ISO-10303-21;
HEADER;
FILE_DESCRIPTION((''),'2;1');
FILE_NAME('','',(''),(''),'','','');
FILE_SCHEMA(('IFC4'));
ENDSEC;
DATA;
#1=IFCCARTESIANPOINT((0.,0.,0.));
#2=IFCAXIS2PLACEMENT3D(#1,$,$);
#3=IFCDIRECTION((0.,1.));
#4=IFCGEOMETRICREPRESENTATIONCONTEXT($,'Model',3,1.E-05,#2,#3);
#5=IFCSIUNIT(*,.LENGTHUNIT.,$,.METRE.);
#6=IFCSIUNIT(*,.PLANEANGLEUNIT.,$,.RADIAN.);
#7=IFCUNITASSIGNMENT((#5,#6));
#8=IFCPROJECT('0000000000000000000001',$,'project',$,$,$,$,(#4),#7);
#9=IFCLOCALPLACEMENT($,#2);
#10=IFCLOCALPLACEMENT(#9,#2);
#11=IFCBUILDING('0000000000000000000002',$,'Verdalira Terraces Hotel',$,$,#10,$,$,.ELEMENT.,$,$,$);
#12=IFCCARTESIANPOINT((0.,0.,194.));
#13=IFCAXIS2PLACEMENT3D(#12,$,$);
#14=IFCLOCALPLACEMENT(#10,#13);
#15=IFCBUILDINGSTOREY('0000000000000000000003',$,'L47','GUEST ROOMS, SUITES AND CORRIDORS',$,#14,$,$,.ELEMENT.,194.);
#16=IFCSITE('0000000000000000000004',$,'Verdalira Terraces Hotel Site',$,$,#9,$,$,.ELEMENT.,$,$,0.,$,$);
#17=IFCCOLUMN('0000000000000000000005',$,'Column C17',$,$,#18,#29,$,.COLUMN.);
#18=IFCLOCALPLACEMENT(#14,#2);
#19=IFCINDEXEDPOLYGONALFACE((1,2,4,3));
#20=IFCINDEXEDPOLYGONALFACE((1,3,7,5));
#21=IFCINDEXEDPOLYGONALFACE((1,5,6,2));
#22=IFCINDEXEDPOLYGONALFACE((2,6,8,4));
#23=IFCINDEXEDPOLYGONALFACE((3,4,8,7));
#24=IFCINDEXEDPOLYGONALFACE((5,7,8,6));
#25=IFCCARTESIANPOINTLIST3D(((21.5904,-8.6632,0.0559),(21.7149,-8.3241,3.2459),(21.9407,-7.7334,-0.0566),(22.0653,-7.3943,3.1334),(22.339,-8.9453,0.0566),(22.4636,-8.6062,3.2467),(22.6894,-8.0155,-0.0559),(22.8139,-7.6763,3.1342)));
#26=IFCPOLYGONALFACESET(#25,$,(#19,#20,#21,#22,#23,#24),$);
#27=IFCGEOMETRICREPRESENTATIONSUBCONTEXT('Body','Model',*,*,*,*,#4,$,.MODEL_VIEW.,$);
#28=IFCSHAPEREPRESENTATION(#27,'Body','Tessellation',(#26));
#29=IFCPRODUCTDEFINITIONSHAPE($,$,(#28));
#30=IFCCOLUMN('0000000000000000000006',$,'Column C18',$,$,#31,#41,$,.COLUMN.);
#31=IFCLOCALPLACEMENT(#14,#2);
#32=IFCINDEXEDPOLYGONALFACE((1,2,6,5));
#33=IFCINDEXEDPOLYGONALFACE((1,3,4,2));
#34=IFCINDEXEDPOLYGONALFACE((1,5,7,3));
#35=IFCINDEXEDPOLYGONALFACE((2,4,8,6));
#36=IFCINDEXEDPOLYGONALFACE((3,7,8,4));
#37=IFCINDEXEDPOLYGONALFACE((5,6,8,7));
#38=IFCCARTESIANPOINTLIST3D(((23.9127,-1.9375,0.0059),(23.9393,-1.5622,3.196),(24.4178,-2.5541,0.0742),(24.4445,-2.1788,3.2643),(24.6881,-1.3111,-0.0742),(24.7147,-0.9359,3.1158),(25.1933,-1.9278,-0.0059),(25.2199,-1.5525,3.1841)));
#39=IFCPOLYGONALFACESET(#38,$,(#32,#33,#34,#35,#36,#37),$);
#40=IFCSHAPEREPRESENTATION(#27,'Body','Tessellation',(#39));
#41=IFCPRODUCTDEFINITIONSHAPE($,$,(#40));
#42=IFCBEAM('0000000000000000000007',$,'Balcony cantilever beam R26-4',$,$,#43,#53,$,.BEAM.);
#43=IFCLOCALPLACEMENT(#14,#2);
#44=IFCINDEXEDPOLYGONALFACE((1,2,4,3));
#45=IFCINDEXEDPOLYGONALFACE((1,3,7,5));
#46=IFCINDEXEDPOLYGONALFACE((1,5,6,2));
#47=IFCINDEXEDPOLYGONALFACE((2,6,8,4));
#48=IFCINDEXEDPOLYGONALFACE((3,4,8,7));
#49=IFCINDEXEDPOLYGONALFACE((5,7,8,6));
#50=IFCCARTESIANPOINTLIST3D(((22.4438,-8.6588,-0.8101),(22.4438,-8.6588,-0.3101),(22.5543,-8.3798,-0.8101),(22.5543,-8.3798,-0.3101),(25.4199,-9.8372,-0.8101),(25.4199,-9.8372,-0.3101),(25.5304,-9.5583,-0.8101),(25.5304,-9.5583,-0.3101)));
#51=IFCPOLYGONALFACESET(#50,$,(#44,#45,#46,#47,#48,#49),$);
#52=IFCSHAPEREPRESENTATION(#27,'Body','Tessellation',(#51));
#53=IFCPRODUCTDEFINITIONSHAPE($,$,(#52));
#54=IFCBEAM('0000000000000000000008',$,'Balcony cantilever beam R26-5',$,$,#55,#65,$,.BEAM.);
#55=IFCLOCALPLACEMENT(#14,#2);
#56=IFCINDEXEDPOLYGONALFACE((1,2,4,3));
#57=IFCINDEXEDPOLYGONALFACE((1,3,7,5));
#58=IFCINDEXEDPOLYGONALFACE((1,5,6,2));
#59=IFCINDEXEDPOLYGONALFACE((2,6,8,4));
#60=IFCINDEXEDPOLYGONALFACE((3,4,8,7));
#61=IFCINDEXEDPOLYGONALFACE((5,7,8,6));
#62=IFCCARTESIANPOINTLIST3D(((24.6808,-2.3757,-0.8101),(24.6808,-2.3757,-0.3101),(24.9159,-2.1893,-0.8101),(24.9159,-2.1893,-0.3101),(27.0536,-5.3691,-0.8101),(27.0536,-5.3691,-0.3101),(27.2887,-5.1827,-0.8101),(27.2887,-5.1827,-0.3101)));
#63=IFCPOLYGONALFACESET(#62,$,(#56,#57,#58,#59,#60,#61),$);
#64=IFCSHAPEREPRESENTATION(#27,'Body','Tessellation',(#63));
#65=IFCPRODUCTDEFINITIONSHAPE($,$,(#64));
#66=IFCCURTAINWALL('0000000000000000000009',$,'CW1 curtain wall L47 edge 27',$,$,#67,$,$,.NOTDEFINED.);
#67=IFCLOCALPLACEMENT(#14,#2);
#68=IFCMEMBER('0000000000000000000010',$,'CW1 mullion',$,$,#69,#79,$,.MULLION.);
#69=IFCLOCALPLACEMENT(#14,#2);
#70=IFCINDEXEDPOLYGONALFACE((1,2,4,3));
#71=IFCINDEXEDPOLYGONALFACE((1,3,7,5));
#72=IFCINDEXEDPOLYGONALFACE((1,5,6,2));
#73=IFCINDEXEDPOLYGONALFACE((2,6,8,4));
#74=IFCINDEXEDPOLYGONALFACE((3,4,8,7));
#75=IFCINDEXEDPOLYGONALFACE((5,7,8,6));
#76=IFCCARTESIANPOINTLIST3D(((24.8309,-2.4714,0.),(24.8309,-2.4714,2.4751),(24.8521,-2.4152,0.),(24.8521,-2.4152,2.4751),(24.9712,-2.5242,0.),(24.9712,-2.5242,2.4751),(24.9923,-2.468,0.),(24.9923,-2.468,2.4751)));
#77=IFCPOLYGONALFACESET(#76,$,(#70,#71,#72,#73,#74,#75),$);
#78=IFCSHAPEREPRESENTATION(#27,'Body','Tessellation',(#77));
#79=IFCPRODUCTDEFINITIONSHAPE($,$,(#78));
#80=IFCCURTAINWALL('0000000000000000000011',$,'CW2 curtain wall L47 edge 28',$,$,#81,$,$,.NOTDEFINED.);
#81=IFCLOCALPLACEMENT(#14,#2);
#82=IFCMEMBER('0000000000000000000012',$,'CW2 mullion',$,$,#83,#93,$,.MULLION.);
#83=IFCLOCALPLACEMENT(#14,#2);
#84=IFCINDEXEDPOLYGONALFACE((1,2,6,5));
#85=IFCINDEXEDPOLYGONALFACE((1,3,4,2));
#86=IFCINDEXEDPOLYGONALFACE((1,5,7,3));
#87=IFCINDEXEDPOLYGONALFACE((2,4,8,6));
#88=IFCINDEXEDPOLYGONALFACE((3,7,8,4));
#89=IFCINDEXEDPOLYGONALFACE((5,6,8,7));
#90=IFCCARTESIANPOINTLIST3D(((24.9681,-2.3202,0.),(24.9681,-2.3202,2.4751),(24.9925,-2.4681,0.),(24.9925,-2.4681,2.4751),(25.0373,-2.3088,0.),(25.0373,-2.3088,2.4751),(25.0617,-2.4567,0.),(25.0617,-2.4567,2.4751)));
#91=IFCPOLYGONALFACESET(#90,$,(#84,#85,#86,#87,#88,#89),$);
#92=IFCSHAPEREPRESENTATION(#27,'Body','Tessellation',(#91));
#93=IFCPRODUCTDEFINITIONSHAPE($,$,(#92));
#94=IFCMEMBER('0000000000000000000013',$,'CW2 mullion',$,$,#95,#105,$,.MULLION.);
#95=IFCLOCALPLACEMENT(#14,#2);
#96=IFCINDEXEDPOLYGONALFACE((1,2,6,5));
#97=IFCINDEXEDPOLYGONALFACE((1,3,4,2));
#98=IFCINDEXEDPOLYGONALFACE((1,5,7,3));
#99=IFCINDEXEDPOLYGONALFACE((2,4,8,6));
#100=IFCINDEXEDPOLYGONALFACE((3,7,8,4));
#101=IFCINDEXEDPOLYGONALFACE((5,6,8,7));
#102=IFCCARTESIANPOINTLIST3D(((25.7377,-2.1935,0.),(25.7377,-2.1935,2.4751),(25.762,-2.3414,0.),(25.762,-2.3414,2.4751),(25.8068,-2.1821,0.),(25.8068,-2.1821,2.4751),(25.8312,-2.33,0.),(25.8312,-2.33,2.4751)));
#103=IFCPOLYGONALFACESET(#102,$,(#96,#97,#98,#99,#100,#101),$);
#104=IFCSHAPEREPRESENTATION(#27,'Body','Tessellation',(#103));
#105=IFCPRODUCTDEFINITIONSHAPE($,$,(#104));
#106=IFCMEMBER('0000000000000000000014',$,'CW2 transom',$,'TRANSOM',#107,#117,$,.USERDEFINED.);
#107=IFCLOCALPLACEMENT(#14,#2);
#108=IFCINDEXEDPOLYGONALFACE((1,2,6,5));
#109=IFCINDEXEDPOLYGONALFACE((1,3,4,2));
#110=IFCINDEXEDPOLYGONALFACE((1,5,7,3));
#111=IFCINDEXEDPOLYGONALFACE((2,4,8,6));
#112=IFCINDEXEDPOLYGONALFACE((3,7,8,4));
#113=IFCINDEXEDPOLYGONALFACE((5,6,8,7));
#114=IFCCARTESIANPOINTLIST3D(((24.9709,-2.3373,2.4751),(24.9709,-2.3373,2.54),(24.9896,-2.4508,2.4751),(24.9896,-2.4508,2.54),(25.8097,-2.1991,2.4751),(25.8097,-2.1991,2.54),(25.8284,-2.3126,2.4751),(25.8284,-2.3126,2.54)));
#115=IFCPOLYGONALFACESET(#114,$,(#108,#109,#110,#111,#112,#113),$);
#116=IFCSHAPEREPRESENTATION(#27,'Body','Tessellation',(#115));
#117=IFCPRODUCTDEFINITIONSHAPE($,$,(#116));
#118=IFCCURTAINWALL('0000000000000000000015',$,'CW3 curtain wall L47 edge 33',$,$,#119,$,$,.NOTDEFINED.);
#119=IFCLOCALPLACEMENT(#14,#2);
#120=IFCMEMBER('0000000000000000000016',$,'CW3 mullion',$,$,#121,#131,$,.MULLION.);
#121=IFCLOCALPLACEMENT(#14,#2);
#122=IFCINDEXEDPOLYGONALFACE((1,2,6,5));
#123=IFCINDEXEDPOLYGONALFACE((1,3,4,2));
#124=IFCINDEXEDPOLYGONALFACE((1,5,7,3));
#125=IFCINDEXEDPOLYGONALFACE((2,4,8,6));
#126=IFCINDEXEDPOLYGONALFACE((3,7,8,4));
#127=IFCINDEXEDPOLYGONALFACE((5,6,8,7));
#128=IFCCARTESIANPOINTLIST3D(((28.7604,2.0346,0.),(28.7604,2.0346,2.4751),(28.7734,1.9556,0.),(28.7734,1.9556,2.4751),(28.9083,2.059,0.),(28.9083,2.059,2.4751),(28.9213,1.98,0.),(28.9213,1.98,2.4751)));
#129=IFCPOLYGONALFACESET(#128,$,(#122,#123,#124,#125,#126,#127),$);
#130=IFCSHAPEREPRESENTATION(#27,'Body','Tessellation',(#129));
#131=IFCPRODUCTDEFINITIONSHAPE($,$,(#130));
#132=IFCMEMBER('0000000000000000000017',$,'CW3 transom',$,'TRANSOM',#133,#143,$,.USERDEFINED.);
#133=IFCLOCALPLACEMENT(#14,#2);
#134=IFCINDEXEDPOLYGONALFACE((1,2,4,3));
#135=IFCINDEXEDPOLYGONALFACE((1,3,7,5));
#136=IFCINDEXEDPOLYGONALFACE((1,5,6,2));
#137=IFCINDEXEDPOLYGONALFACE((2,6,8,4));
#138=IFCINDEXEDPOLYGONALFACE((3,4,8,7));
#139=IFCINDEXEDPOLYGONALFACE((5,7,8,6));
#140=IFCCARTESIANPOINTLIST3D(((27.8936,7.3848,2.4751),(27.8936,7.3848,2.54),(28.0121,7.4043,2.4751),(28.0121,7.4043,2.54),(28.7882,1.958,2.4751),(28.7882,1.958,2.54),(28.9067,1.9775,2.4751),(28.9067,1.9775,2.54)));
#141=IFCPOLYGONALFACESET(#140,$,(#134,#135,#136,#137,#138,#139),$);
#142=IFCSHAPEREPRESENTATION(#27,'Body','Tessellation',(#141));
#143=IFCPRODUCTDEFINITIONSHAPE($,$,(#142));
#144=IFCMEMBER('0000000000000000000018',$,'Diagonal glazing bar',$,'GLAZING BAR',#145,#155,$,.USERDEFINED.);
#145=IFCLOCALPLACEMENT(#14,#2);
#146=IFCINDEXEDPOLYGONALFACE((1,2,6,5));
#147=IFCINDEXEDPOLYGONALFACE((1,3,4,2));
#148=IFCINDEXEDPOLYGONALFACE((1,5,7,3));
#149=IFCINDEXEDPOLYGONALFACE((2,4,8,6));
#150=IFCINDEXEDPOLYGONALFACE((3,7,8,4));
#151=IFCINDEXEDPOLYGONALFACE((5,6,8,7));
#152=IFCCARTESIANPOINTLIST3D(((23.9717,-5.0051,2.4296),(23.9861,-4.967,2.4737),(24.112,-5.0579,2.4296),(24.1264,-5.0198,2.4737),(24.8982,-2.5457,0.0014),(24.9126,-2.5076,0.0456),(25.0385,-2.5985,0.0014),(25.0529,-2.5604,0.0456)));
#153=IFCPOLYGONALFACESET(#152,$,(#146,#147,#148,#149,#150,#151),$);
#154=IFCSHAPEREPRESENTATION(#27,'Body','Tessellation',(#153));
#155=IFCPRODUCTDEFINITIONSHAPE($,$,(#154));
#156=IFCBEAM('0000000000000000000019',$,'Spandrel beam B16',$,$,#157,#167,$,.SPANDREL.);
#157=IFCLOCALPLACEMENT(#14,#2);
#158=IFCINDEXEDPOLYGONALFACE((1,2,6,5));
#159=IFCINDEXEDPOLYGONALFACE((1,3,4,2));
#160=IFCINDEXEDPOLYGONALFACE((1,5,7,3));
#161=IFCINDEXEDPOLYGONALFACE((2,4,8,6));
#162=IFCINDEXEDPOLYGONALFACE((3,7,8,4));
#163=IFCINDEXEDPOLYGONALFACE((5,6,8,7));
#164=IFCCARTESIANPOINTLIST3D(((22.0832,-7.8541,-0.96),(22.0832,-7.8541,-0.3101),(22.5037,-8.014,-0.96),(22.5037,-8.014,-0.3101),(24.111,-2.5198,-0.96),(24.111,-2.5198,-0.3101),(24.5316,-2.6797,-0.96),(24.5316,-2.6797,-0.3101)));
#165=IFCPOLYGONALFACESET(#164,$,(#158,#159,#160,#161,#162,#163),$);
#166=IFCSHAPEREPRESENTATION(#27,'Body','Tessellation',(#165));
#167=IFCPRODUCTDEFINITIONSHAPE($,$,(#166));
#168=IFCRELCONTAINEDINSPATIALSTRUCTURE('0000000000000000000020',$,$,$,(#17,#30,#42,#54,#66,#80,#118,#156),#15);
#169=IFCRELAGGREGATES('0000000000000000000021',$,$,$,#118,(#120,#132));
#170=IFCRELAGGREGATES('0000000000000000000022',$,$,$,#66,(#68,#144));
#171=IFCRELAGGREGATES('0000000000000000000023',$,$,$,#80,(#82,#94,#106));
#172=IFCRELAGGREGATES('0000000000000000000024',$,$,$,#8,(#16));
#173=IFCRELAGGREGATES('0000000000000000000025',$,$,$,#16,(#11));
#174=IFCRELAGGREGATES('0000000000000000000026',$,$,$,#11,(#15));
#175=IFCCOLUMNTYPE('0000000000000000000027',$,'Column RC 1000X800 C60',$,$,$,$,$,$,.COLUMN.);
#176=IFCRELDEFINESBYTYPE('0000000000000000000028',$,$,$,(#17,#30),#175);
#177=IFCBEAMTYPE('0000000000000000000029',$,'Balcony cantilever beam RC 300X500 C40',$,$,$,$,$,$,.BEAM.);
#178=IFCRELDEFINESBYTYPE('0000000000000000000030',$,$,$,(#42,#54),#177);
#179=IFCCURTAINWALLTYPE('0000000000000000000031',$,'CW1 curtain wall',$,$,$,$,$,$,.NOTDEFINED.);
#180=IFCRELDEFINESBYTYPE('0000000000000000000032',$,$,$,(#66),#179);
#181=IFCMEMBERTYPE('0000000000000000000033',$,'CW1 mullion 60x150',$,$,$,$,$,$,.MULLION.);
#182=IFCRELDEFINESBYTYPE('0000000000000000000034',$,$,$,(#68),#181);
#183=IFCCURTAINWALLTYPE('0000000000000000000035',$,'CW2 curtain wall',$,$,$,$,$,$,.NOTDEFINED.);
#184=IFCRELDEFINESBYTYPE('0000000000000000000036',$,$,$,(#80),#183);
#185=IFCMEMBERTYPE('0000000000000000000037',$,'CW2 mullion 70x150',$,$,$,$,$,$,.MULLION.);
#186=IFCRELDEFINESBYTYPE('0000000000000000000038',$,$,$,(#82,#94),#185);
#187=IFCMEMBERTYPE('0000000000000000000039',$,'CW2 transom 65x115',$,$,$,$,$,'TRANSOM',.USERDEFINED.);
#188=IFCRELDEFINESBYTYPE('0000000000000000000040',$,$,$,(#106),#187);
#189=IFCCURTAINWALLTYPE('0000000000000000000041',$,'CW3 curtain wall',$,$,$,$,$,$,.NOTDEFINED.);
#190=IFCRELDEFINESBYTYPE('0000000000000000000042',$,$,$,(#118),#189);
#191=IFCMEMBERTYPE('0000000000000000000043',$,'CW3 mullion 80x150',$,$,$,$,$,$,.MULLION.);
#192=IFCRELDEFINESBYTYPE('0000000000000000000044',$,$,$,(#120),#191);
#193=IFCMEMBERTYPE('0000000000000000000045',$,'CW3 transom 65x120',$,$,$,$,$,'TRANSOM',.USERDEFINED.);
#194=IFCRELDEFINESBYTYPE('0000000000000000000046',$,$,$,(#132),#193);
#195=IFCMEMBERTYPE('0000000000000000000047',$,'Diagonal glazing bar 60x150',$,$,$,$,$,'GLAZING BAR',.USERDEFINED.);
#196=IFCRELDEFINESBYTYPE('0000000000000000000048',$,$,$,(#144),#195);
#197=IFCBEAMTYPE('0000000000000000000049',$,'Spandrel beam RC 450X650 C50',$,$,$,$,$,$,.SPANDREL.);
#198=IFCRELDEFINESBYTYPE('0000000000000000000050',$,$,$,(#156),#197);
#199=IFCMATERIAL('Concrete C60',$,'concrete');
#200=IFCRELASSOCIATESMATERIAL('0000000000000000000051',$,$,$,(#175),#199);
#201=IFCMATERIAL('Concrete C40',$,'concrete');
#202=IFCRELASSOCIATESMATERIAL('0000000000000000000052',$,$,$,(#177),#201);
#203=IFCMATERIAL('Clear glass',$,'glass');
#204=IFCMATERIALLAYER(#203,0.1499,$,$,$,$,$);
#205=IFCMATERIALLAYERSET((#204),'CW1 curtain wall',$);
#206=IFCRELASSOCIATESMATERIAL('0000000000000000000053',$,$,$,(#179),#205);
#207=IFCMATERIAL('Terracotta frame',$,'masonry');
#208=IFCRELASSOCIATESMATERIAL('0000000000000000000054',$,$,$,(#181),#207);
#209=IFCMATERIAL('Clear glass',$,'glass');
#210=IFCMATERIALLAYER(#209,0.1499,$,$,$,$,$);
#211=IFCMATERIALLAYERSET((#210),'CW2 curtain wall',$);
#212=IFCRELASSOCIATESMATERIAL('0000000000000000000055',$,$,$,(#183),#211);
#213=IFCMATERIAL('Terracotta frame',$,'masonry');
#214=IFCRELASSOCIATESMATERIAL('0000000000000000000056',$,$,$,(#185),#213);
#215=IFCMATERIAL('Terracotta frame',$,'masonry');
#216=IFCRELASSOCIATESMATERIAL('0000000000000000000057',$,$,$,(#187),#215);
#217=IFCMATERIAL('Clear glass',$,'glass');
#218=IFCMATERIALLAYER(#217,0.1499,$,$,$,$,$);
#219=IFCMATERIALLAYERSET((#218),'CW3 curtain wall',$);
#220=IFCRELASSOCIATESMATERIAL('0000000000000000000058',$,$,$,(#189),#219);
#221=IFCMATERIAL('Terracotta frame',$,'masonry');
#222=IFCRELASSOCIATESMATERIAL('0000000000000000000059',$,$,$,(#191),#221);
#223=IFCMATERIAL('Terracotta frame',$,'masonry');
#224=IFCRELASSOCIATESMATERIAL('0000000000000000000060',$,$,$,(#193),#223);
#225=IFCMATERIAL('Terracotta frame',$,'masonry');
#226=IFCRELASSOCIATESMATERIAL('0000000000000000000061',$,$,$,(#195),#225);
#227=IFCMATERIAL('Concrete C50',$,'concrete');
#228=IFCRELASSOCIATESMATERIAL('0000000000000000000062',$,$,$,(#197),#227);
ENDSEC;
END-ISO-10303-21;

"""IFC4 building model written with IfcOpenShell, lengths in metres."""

from ifc_helpers import new_model, si_unit, direction, frame, origin, origin_2d, place, context, subcontext, project, spatial, rectangle, extrude, material, layer, layer_set, material_profile, profile_set, type_object, element, aggregate, save


model = new_model("IFC4")

# Units and contexts
model_context = context("Model", 3, precision=1e-05, world=origin(), true_north=direction((0.0, 1.0)))
body_context = subcontext(model_context, "Body", "Model", "MODEL_VIEW")
ifc_project = project(units=[si_unit("LENGTHUNIT", "METRE"), si_unit("PLANEANGLEUNIT", "RADIAN")], contexts=[model_context])

# Site, building, storey
site_placement = place(None, origin())
site = spatial("IfcSite", under=ifc_project, at=site_placement, Name="Verdalira Terraces Hotel Site", CompositionType="ELEMENT", RefElevation=0.0)
building_placement = place(site_placement, origin())
building = spatial("IfcBuilding", under=site, at=building_placement, Name="Verdalira Terraces Hotel", CompositionType="ELEMENT")
storey_placement = place(building_placement, frame((0.0, 0.0, 194.0)))
storey = spatial("IfcBuildingStorey", under=building, at=storey_placement, Name="L47", Description="GUEST ROOMS, SUITES AND CORRIDORS", CompositionType="ELEMENT", Elevation=194.0)

# Columns
ifc_material_1 = material(Name="Concrete C60", Category="concrete")
ifc_material_profile_1 = material_profile(ifc_material_1, rectangle(XDim=1.0, YDim=0.8, at=origin_2d()), Name="RC 1000X800")
ifc_profile_set_1 = profile_set([ifc_material_profile_1], Name="Concrete C60")
column_type = type_object("IfcColumnType", Name="Column RC 1000X800 C60", PredefinedType="COLUMN", material=ifc_profile_set_1)
column_1_placement = place(storey_placement, frame((22.1399, -8.3394, 0.0), z_axis=(0.038785, 0.105631, 0.993649), x_axis=(0.350385, 0.929822, -0.112523)))
element("IfcColumn", 1, at=column_1_placement, inside=storey, type_object=column_type, Name="Column C17", PredefinedType="COLUMN", context=body_context, shape_type="SweptSolid", body=[
    extrude(rectangle(XDim=1.0, YDim=0.8, at=origin_2d()), origin(), (0.0, 0.0, 1.0), 3.2104),
])
column_2_placement = place(storey_placement, frame((24.553, -1.9326, 0.0), z_axis=(0.008285, 0.116824, 0.993118), x_axis=(-0.775422, -0.626336, 0.080147)))
element("IfcColumn", 2, at=column_2_placement, inside=storey, type_object=column_type, Name="Column C18", PredefinedType="COLUMN", context=body_context, shape_type="SweptSolid", body=[
    extrude(rectangle(XDim=1.0, YDim=0.8, at=origin_2d()), origin(), (0.0, 0.0, 1.0), 3.2122),
])

# Beams
ifc_material_2 = material(Name="Concrete C40", Category="concrete")
ifc_material_profile_2 = material_profile(ifc_material_2, rectangle(XDim=0.3, YDim=0.5, at=origin_2d()), Name="RC 300X500")
ifc_profile_set_2 = profile_set([ifc_material_profile_2], Name="Concrete C40")
beam_type_1 = type_object("IfcBeamType", Name="Balcony cantilever beam RC 300X500 C40", PredefinedType="BEAM", material=ifc_profile_set_2)
beam_1_placement = place(storey_placement, frame((22.499, -8.5193, -0.5601), z_axis=(0.92976, -0.368167, 0.0), x_axis=(0.368167, 0.92976, 0.0)))
element("IfcBeam", 3, at=beam_1_placement, inside=storey, type_object=beam_type_1, Name="Balcony cantilever beam R26-4", PredefinedType="BEAM", context=body_context, shape_type="SweptSolid", body=[
    extrude(rectangle(XDim=0.3, YDim=0.5, at=origin_2d()), origin(), (0.0, 0.0, 1.0), 3.2009),
])
beam_2_placement = place(storey_placement, frame((24.7983, -2.2825, -0.5601), z_axis=(0.621189, -0.783661, 0.0), x_axis=(0.783661, 0.621189, 0.0)))
element("IfcBeam", 4, at=beam_2_placement, inside=storey, type_object=beam_type_1, Name="Balcony cantilever beam R26-5", PredefinedType="BEAM", context=body_context, shape_type="SweptSolid", body=[
    extrude(rectangle(XDim=0.3, YDim=0.5, at=origin_2d()), origin(), (0.0, 0.0, 1.0), 3.8198),
])

# Curtain wall, member
ifc_material_3 = material(Name="Clear glass", Category="glass")
ifc_layer_1 = layer(ifc_material_3, 0.1499)
ifc_layer_set_1 = layer_set([ifc_layer_1], Name="CW1 curtain wall")
curtain_wall_type_1 = type_object("IfcCurtainWallType", Name="CW1 curtain wall", PredefinedType="NOTDEFINED", material=ifc_layer_set_1)
curtain_wall_1_placement = place(storey_placement, origin())
curtain_wall_1 = element("IfcCurtainWall", 5, at=curtain_wall_1_placement, inside=storey, type_object=curtain_wall_type_1, Name="CW1 curtain wall L47 edge 27", PredefinedType="NOTDEFINED")
ifc_material_4 = material(Name="Terracotta frame", Category="masonry")
ifc_material_profile_3 = material_profile(ifc_material_4, rectangle(XDim=0.0601, YDim=0.1499, at=origin_2d()), Name="MU 60x150")
ifc_profile_set_3 = profile_set([ifc_material_profile_3], Name="Terracotta frame")
member_type_1 = type_object("IfcMemberType", Name="CW1 mullion 60x150", PredefinedType="MULLION", material=ifc_profile_set_3)
member_1_placement = place(storey_placement, frame((24.9116, -2.4697, 0.0), z_axis=(0.0, 0.0, 1.0), x_axis=(0.352495, 0.935814, 0.0)))
member_1 = element("IfcMember", 6, at=member_1_placement, type_object=member_type_1, Name="CW1 mullion", PredefinedType="MULLION", context=body_context, shape_type="SweptSolid", body=[
    extrude(rectangle(XDim=0.0601, YDim=0.1499, at=origin_2d()), origin(), (0.0, 0.0, 1.0), 2.4751),
])

# Curtain walls, members
ifc_material_5 = material(Name="Clear glass", Category="glass")
ifc_layer_2 = layer(ifc_material_5, 0.1499)
ifc_layer_set_2 = layer_set([ifc_layer_2], Name="CW2 curtain wall")
curtain_wall_type_2 = type_object("IfcCurtainWallType", Name="CW2 curtain wall", PredefinedType="NOTDEFINED", material=ifc_layer_set_2)
curtain_wall_2_placement = place(storey_placement, origin())
curtain_wall_2 = element("IfcCurtainWall", 7, at=curtain_wall_2_placement, inside=storey, type_object=curtain_wall_type_2, Name="CW2 curtain wall L47 edge 28", PredefinedType="NOTDEFINED")
ifc_material_6 = material(Name="Terracotta frame", Category="masonry")
ifc_material_profile_4 = material_profile(ifc_material_6, rectangle(XDim=0.0701, YDim=0.1499, at=origin_2d()), Name="MU 70x150")
ifc_profile_set_4 = profile_set([ifc_material_profile_4], Name="Terracotta frame")
member_type_2 = type_object("IfcMemberType", Name="CW2 mullion 70x150", PredefinedType="MULLION", material=ifc_profile_set_4)
member_2_placement = place(storey_placement, frame((25.0149, -2.3884, 0.0), z_axis=(0.0, 0.0, 1.0), x_axis=(0.986686, 0.162637, 0.0)))
member_2 = element("IfcMember", 8, at=member_2_placement, type_object=member_type_2, Name="CW2 mullion", PredefinedType="MULLION", context=body_context, shape_type="SweptSolid", body=[
    extrude(rectangle(XDim=0.0701, YDim=0.1499, at=origin_2d()), origin(), (0.0, 0.0, 1.0), 2.4751),
])
member_3_placement = place(storey_placement, frame((25.7844, -2.2617, 0.0), z_axis=(0.0, 0.0, 1.0), x_axis=(0.986686, 0.162637, 0.0)))
member_3 = element("IfcMember", 9, at=member_3_placement, type_object=member_type_2, Name="CW2 mullion", PredefinedType="MULLION", context=body_context, shape_type="SweptSolid", body=[
    extrude(rectangle(XDim=0.0701, YDim=0.1499, at=origin_2d()), origin(), (0.0, 0.0, 1.0), 2.4751),
])
ifc_material_7 = material(Name="Terracotta frame", Category="masonry")
ifc_material_profile_5 = material_profile(ifc_material_7, rectangle(XDim=0.115, YDim=0.0649, at=origin_2d()), Name="TR 65x115")
ifc_profile_set_5 = profile_set([ifc_material_profile_5], Name="Terracotta frame")
member_type_3 = type_object("IfcMemberType", Name="CW2 transom 65x115", ElementType="TRANSOM", PredefinedType="USERDEFINED", material=ifc_profile_set_5)
member_4_placement = place(storey_placement, frame((24.9802, -2.394, 2.5076), z_axis=(0.986703, 0.162536, 0.0), x_axis=(-0.162536, 0.986703, 0.0)))
member_4 = element("IfcMember", 10, at=member_4_placement, type_object=member_type_3, Name="CW2 transom", ObjectType="TRANSOM", PredefinedType="USERDEFINED", context=body_context, shape_type="SweptSolid", body=[
    extrude(rectangle(XDim=0.115, YDim=0.0649, at=origin_2d()), origin(), (0.0, 0.0, 1.0), 0.8501),
])
ifc_material_8 = material(Name="Clear glass", Category="glass")
ifc_layer_3 = layer(ifc_material_8, 0.1499)
ifc_layer_set_3 = layer_set([ifc_layer_3], Name="CW3 curtain wall")
curtain_wall_type_3 = type_object("IfcCurtainWallType", Name="CW3 curtain wall", PredefinedType="NOTDEFINED", material=ifc_layer_set_3)
curtain_wall_3_placement = place(storey_placement, origin())
curtain_wall_3 = element("IfcCurtainWall", 11, at=curtain_wall_3_placement, inside=storey, type_object=curtain_wall_type_3, Name="CW3 curtain wall L47 edge 33", PredefinedType="NOTDEFINED")
ifc_material_9 = material(Name="Terracotta frame", Category="masonry")
ifc_material_profile_6 = material_profile(ifc_material_9, rectangle(XDim=0.0801, YDim=0.1499, at=origin_2d()), Name="MU 80x150")
ifc_profile_set_6 = profile_set([ifc_material_profile_6], Name="Terracotta frame")
member_type_4 = type_object("IfcMemberType", Name="CW3 mullion 80x150", PredefinedType="MULLION", material=ifc_profile_set_6)
member_5_placement = place(storey_placement, frame((28.8408, 2.0073, 0.0), z_axis=(0.0, 0.0, 1.0), x_axis=(-0.162637, 0.986686, 0.0)))
member_5 = element("IfcMember", 12, at=member_5_placement, type_object=member_type_4, Name="CW3 mullion", PredefinedType="MULLION", context=body_context, shape_type="SweptSolid", body=[
    extrude(rectangle(XDim=0.0801, YDim=0.1499, at=origin_2d()), origin(), (0.0, 0.0, 1.0), 2.4751),
])
ifc_material_10 = material(Name="Terracotta frame", Category="masonry")
ifc_material_profile_7 = material_profile(ifc_material_10, rectangle(XDim=0.1201, YDim=0.0649, at=origin_2d()), Name="TR 65x120")
ifc_profile_set_7 = profile_set([ifc_material_profile_7], Name="Terracotta frame")
member_type_5 = type_object("IfcMemberType", Name="CW3 transom 65x120", ElementType="TRANSOM", PredefinedType="USERDEFINED", material=ifc_profile_set_7)
member_6_placement = place(storey_placement, frame((28.8474, 1.9678, 2.5076), z_axis=(-0.162642, 0.986685, 0.0), x_axis=(-0.986685, -0.162642, 0.0)))
member_6 = element("IfcMember", 13, at=member_6_placement, type_object=member_type_5, Name="CW3 transom", ObjectType="TRANSOM", PredefinedType="USERDEFINED", context=body_context, shape_type="SweptSolid", body=[
    extrude(rectangle(XDim=0.1201, YDim=0.0649, at=origin_2d()), origin(), (0.0, 0.0, 1.0), 5.5),
])
aggregate(curtain_wall_3, [member_5, member_6])

# Member
ifc_material_11 = material(Name="Terracotta frame", Category="masonry")
ifc_material_profile_8 = material_profile(ifc_material_11, rectangle(XDim=0.1499, YDim=0.0601, at=origin_2d()), Name="GB 60x150")
ifc_profile_set_8 = profile_set([ifc_material_profile_8], Name="Terracotta frame")
member_type_6 = type_object("IfcMemberType", Name="Diagonal glazing bar 60x150", ElementType="GLAZING BAR", PredefinedType="USERDEFINED", material=ifc_profile_set_8)
member_7_placement = place(storey_placement, frame((24.0491, -5.0125, 2.4517), z_axis=(0.258931, 0.687344, -0.678611), x_axis=(-0.935801, 0.352528, 0.0)))
member_7 = element("IfcMember", 14, at=member_7_placement, type_object=member_type_6, Name="Diagonal glazing bar", ObjectType="GLAZING BAR", PredefinedType="USERDEFINED", context=body_context, shape_type="SweptSolid", body=[
    extrude(rectangle(XDim=0.1499, YDim=0.0601, at=origin_2d()), origin(), (0.0, 0.0, 1.0), 3.5781),
])

# Beam
ifc_material_12 = material(Name="Concrete C50", Category="concrete")
ifc_material_profile_9 = material_profile(ifc_material_12, rectangle(XDim=0.45, YDim=0.6499, at=origin_2d()), Name="RC 450X650")
ifc_profile_set_9 = profile_set([ifc_material_profile_9], Name="Concrete C50")
beam_type_2 = type_object("IfcBeamType", Name="Spandrel beam RC 450X650 C50", PredefinedType="SPANDREL", material=ifc_profile_set_9)
beam_3_placement = place(storey_placement, frame((22.2935, -7.9341, -0.635), z_axis=(0.355344, 0.934736, 0.0), x_axis=(-0.934736, 0.355344, 0.0)))
element("IfcBeam", 15, at=beam_3_placement, inside=storey, type_object=beam_type_2, Name="Spandrel beam B16", PredefinedType="SPANDREL", context=body_context, shape_type="SweptSolid", body=[
    extrude(rectangle(XDim=0.45, YDim=0.6499, at=origin_2d()), origin(), (0.0, 0.0, 1.0), 5.7068),
])

aggregate(curtain_wall_1, [member_1, member_7])
aggregate(curtain_wall_2, [member_2, member_3, member_4])

save(model, "model.ifc")
